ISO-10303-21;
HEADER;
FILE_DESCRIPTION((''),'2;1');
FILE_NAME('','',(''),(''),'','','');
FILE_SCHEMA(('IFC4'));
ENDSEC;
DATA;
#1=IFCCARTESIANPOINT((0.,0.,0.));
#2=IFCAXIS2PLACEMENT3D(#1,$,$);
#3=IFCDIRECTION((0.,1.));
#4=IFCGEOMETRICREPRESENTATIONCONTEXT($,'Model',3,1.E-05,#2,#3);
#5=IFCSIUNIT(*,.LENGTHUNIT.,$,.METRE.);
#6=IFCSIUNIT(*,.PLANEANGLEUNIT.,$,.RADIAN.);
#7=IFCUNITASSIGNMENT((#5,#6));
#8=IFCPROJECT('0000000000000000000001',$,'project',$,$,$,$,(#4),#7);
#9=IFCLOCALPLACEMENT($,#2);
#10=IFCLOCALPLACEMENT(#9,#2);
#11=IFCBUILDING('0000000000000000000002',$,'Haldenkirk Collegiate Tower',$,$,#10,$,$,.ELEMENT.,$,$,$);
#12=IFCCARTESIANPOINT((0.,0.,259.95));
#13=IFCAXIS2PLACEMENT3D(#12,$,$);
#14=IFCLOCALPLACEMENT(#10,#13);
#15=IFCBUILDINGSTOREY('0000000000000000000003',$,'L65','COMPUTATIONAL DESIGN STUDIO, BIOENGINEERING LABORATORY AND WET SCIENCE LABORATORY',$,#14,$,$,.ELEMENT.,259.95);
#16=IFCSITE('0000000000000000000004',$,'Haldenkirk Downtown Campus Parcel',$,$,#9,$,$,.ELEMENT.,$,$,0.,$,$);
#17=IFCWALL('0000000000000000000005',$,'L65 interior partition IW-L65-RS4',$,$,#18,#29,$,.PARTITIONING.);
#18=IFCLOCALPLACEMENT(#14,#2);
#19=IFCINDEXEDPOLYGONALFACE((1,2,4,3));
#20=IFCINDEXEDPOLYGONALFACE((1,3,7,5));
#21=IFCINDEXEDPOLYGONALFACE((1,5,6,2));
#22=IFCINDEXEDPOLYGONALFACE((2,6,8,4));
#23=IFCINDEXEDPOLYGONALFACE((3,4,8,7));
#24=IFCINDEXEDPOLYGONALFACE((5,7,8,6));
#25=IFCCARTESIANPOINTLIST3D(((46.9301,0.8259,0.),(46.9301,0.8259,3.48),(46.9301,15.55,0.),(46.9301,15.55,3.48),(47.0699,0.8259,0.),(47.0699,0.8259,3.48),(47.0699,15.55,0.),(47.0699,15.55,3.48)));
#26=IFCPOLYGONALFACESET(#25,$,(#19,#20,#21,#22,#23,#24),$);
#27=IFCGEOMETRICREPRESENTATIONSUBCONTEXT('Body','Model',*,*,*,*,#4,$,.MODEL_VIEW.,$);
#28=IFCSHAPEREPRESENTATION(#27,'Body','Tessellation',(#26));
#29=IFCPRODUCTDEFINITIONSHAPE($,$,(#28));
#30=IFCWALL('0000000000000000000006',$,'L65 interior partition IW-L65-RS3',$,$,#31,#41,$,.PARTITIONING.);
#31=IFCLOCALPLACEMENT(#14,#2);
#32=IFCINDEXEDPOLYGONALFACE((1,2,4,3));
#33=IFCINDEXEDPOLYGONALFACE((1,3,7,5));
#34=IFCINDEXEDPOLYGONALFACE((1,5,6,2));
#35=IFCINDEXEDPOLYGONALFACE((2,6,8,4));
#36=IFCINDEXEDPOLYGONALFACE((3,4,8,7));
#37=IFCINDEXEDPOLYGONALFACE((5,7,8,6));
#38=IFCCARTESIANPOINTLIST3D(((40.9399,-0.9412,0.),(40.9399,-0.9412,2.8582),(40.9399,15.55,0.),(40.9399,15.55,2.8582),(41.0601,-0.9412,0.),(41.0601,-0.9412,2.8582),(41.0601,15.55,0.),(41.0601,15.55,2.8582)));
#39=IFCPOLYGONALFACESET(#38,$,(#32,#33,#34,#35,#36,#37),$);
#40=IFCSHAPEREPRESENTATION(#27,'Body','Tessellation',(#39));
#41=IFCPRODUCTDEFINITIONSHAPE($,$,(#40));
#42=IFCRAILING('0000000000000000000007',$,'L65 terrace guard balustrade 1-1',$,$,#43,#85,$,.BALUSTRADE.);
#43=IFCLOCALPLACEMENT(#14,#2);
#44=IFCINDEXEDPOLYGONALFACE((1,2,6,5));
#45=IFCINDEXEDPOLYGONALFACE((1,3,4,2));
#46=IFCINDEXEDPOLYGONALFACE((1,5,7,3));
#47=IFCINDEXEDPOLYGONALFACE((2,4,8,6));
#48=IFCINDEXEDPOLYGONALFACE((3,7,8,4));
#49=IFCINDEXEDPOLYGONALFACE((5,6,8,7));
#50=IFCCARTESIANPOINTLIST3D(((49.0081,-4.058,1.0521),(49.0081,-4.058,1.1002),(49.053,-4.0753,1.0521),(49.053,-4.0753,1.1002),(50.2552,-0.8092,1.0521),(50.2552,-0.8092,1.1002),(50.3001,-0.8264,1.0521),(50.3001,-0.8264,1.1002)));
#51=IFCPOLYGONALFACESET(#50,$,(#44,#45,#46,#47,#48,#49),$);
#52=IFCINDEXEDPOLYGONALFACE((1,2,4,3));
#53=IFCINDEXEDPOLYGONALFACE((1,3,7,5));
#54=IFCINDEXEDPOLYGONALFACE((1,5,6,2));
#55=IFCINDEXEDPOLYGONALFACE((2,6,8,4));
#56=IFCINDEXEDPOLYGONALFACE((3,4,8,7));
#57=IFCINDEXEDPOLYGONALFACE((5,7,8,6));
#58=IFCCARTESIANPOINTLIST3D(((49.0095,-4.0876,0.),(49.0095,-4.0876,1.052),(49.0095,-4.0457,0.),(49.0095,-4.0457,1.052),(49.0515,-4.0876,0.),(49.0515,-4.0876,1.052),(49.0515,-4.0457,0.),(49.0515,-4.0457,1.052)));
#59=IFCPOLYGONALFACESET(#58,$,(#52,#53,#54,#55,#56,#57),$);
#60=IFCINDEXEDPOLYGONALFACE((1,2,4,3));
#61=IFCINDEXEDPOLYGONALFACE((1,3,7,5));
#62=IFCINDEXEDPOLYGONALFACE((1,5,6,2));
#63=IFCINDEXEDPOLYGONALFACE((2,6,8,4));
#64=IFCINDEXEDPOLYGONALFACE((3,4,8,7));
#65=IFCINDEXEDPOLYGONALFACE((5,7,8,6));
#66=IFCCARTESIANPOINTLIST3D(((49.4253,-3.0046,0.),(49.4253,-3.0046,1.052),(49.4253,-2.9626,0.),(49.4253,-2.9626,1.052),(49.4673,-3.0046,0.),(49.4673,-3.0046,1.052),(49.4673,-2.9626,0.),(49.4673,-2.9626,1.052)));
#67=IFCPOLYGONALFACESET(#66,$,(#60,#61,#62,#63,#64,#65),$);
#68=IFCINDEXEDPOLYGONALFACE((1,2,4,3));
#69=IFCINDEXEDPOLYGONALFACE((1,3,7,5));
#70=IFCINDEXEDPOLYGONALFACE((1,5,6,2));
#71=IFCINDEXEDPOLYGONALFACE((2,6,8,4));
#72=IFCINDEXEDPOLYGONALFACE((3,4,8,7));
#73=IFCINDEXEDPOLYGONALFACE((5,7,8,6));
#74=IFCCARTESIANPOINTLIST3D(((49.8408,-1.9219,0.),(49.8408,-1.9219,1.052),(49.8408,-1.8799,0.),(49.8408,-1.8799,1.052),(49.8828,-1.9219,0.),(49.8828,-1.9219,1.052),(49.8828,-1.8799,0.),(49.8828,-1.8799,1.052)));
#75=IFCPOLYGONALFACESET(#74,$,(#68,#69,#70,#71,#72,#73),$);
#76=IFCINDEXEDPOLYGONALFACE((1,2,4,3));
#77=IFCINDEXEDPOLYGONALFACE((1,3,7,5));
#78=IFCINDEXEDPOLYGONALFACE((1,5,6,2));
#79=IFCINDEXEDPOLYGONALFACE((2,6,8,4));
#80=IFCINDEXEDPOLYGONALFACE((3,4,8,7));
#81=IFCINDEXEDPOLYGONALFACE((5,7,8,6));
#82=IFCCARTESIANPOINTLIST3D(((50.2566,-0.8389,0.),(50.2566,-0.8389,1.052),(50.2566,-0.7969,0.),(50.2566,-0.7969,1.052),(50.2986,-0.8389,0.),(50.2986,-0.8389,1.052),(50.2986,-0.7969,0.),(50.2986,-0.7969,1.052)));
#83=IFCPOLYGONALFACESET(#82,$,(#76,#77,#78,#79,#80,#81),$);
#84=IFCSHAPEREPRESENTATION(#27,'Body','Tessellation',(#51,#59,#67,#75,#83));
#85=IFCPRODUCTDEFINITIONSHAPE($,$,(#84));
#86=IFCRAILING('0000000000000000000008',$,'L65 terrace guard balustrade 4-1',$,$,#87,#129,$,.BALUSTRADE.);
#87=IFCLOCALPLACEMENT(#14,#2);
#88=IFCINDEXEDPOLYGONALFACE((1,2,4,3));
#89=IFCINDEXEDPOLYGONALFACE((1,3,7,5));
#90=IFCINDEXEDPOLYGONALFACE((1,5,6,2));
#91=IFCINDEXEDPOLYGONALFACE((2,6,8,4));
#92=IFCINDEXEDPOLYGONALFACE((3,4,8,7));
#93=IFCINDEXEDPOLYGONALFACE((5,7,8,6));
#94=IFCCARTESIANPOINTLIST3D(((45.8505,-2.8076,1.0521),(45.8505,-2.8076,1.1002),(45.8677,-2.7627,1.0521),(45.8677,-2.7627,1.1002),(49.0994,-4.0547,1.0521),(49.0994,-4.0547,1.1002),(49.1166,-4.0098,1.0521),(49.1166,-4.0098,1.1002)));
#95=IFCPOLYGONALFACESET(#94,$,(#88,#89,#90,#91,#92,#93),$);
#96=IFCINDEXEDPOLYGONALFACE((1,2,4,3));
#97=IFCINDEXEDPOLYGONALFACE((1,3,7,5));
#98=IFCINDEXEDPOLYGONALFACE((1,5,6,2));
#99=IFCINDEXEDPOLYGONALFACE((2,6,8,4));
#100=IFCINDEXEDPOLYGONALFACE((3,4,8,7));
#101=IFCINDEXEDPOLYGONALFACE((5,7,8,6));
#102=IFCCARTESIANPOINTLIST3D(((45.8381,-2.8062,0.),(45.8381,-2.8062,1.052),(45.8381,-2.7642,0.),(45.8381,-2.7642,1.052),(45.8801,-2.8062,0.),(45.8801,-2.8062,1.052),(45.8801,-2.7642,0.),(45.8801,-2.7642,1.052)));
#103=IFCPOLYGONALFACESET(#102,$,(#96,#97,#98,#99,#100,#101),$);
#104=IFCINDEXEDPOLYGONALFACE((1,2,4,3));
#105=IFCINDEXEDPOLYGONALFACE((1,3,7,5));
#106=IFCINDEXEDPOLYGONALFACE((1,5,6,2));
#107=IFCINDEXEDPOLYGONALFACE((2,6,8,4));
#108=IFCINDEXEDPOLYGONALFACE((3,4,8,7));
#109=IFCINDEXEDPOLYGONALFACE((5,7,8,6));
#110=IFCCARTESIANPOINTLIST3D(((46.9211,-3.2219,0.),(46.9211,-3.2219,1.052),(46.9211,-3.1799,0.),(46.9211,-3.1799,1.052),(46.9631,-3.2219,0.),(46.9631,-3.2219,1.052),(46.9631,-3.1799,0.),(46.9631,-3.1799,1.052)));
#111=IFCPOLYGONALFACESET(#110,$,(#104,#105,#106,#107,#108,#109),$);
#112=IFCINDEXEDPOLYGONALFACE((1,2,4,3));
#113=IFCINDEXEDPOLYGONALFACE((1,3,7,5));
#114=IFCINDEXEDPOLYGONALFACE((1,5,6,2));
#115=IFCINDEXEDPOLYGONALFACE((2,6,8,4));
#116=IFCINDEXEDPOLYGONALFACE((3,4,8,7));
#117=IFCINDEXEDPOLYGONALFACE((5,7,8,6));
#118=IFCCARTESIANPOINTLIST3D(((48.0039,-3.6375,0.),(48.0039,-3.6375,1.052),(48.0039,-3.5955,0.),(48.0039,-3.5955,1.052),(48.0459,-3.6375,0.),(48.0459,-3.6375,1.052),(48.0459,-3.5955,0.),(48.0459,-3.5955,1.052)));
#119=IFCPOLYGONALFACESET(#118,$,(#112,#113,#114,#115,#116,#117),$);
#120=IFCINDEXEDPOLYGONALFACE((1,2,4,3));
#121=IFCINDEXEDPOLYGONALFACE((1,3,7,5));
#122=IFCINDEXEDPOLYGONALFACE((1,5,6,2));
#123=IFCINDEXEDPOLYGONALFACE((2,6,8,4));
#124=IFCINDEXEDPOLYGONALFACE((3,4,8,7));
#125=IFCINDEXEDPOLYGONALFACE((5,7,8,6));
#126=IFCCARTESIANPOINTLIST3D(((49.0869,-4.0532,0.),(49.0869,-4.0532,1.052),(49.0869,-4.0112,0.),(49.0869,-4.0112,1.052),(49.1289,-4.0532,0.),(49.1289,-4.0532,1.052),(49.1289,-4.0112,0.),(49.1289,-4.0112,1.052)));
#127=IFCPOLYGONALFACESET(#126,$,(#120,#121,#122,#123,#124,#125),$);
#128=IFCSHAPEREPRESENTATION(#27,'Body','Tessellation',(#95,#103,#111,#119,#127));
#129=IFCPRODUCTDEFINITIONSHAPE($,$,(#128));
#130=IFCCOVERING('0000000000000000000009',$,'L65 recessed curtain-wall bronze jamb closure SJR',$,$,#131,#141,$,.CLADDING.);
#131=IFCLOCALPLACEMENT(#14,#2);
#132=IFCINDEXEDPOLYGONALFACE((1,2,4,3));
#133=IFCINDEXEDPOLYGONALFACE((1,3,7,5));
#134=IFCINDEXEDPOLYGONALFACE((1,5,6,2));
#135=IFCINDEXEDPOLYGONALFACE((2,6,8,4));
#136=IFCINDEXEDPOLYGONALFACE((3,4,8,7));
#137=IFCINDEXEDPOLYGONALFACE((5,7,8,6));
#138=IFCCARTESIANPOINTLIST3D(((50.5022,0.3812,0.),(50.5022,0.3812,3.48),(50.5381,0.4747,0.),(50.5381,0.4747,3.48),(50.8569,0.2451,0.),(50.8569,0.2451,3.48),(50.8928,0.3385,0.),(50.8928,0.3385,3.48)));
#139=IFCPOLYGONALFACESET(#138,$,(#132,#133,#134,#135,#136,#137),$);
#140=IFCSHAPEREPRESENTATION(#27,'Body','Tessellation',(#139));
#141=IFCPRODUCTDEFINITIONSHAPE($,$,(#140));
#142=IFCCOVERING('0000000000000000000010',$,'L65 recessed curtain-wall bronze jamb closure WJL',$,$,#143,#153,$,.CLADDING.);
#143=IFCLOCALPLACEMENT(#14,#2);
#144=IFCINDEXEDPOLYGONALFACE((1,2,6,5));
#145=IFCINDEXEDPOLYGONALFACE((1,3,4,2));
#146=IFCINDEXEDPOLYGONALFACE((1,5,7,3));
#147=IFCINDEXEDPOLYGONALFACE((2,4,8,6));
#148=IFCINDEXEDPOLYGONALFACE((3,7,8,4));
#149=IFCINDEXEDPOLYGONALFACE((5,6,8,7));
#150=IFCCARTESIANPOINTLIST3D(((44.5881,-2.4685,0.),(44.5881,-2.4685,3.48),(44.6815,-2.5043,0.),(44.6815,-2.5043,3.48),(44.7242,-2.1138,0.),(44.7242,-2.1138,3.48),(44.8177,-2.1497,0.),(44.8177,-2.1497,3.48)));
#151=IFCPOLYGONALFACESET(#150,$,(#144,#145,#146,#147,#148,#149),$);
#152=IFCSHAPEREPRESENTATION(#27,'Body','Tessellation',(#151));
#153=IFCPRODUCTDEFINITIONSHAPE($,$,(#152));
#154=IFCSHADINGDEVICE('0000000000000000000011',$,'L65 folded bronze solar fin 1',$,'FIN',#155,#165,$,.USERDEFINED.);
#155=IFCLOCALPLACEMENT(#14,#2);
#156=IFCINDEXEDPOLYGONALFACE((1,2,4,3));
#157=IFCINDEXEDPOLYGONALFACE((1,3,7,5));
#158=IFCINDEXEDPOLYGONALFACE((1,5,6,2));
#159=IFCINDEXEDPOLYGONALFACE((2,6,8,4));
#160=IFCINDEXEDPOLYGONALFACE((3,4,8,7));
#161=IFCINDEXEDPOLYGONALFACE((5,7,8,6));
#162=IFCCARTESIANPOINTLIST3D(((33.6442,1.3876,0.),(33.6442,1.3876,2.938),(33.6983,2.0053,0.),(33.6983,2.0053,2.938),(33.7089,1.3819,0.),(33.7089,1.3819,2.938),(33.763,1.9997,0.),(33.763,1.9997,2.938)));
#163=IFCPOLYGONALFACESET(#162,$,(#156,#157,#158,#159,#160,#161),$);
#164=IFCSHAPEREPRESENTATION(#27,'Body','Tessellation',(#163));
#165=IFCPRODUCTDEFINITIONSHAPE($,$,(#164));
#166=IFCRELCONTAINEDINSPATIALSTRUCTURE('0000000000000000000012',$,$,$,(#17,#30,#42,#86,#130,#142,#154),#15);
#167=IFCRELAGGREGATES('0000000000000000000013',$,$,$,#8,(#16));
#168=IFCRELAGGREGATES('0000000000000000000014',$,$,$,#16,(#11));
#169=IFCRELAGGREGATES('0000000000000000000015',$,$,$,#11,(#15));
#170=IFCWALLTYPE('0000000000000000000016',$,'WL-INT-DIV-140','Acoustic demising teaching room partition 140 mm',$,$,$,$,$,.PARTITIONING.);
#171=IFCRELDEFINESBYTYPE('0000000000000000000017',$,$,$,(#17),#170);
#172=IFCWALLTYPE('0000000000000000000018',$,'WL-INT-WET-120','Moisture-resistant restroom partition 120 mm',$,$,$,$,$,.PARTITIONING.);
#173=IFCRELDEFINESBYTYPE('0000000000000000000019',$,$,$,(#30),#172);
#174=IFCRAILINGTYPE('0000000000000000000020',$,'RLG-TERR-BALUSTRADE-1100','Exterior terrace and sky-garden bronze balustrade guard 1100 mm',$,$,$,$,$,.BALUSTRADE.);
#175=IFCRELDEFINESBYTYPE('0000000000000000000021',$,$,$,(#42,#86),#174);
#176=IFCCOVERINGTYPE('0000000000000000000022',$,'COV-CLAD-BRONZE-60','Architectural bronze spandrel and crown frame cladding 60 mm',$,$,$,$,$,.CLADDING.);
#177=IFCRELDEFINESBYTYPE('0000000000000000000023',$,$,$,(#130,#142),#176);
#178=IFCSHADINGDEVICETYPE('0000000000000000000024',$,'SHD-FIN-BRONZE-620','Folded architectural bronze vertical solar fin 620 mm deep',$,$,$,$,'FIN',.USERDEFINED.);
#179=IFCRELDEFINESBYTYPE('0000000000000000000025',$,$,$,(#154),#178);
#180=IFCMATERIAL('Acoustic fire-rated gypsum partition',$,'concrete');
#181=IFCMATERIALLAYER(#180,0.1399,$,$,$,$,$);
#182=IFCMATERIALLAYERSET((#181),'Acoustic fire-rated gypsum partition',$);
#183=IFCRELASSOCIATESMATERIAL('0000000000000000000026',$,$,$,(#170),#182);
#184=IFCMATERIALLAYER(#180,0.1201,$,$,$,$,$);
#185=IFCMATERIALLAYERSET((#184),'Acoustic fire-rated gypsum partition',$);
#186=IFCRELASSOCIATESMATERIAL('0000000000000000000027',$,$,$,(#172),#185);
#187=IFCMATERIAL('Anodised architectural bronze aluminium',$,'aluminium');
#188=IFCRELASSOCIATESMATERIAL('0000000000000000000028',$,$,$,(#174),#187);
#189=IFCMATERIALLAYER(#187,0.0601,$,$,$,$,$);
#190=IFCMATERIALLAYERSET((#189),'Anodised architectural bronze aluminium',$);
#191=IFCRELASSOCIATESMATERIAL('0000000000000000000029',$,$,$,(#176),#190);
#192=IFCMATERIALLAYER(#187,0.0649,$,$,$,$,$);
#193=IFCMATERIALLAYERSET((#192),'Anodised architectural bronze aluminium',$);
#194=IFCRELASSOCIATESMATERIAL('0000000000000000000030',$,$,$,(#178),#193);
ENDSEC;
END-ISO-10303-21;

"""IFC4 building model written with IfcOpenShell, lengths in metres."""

from ifc_helpers import new_model, si_unit, direction, frame, frame_2d, origin, origin_2d, place, context, subcontext, project, spatial, rectangle, extrude, source, transform, mapped, material, layer, layer_set, type_object, element, save


model = new_model("IFC4")

# Units and contexts
model_context = context("Model", 3, precision=1e-05, world=origin(), true_north=direction((0.0, 1.0)))
body_context = subcontext(model_context, "Body", "Model", "MODEL_VIEW")
ifc_project = project(units=[si_unit("LENGTHUNIT", "METRE"), si_unit("PLANEANGLEUNIT", "RADIAN")], contexts=[model_context])

# Site, building, storey
site_placement = place(None, origin())
site = spatial("IfcSite", under=ifc_project, at=site_placement, Name="Haldenkirk Downtown Campus Parcel", CompositionType="ELEMENT", RefElevation=0.0)
building_placement = place(site_placement, origin())
building = spatial("IfcBuilding", under=site, at=building_placement, Name="Haldenkirk Collegiate Tower", CompositionType="ELEMENT")
storey_placement = place(building_placement, frame((0.0, 0.0, 259.95)))
storey = spatial("IfcBuildingStorey", under=building, at=storey_placement, Name="L65", Description="COMPUTATIONAL DESIGN STUDIO, BIOENGINEERING LABORATORY AND WET SCIENCE LABORATORY", CompositionType="ELEMENT", Elevation=259.95)

# Shared definitions
ifc_material_1 = material(Name="Anodised architectural bronze aluminium", Category="aluminium")

# Walls
ifc_material_2 = material(Name="Acoustic fire-rated gypsum partition", Category="concrete")
ifc_layer_1 = layer(ifc_material_2, 0.1399)
ifc_layer_set_1 = layer_set([ifc_layer_1], Name="Acoustic fire-rated gypsum partition")
wall_type_1 = type_object("IfcWallType", Name="WL-INT-DIV-140", Description="Acoustic demising teaching room partition 140 mm", PredefinedType="PARTITIONING", material=ifc_layer_set_1)
wall_1_placement = place(storey_placement, frame((47.0, 0.8259, 0.0), z_axis=(0.0, 0.0, 1.0), x_axis=(0.0, 1.0, 0.0)))
element("IfcWall", 1, at=wall_1_placement, inside=storey, type_object=wall_type_1, Name="L65 interior partition IW-L65-RS4", PredefinedType="PARTITIONING", context=body_context, shape_type="SweptSolid", body=[
    extrude(rectangle(XDim=14.7241, YDim=0.1399, at=frame_2d((7.3621, 0.0))), origin(), (0.0, 0.0, 1.0), 3.48),
])
ifc_layer_2 = layer(ifc_material_2, 0.1201)
ifc_layer_set_2 = layer_set([ifc_layer_2], Name="Acoustic fire-rated gypsum partition")
wall_type_2 = type_object("IfcWallType", Name="WL-INT-WET-120", Description="Moisture-resistant restroom partition 120 mm", PredefinedType="PARTITIONING", material=ifc_layer_set_2)
wall_2_placement = place(storey_placement, frame((41.0, -0.9412, 0.0), z_axis=(0.0, 0.0, 1.0), x_axis=(0.0, 1.0, 0.0)))
element("IfcWall", 2, at=wall_2_placement, inside=storey, type_object=wall_type_2, Name="L65 interior partition IW-L65-RS3", PredefinedType="PARTITIONING", context=body_context, shape_type="SweptSolid", body=[
    extrude(rectangle(XDim=16.4912, YDim=0.1201, at=frame_2d((8.2456, 0.0))), origin(), (0.0, 0.0, 1.0), 2.8582),
])

# Railings
railing_type = type_object("IfcRailingType", Name="RLG-TERR-BALUSTRADE-1100", Description="Exterior terrace and sky-garden bronze balustrade guard 1100 mm", PredefinedType="BALUSTRADE", material=ifc_material_1)
railing_1_placement = place(storey_placement, frame((49.0305, -4.0667, 0.0)))
element("IfcRailing", 3, at=railing_1_placement, inside=storey, type_object=railing_type, Name="L65 terrace guard balustrade 1-1", PredefinedType="BALUSTRADE", context=body_context, shape_type="SweptSolid", body=[
    extrude(rectangle(XDim=0.0481, YDim=0.0481, at=origin_2d()), frame((0.0, 0.0, 1.0762), z_axis=(0.358363, 0.933582, 0.0), x_axis=(-0.933582, 0.358363, 0.0)), (0.0, 0.0, 1.0), 3.48),
    extrude(rectangle(XDim=0.042, YDim=0.042, at=origin_2d()), origin(), (0.0, 0.0, 1.0), 1.052),
    extrude(rectangle(XDim=0.042, YDim=0.042, at=origin_2d()), frame((0.4158, 1.083, 0.0)), (0.0, 0.0, 1.0), 1.052),
    extrude(rectangle(XDim=0.042, YDim=0.042, at=origin_2d()), frame((0.8313, 2.1658, 0.0)), (0.0, 0.0, 1.0), 1.052),
    extrude(rectangle(XDim=0.042, YDim=0.042, at=origin_2d()), frame((1.2471, 3.2488, 0.0)), (0.0, 0.0, 1.0), 1.052),
])
railing_2_placement = place(storey_placement, frame((45.8591, -2.7852, 0.0)))
element("IfcRailing", 4, at=railing_2_placement, inside=storey, type_object=railing_type, Name="L65 terrace guard balustrade 4-1", PredefinedType="BALUSTRADE", context=body_context, shape_type="SweptSolid", body=[
    extrude(rectangle(XDim=0.0481, YDim=0.0481, at=origin_2d()), frame((0.0, 0.0, 1.0762), z_axis=(0.933582, -0.358363, 0.0), x_axis=(0.358363, 0.933582, 0.0)), (0.0, 0.0, 1.0), 3.48),
    extrude(rectangle(XDim=0.042, YDim=0.042, at=origin_2d()), origin(), (0.0, 0.0, 1.0), 1.052),
    extrude(rectangle(XDim=0.042, YDim=0.042, at=origin_2d()), frame((1.083, -0.4158, 0.0)), (0.0, 0.0, 1.0), 1.052),
    extrude(rectangle(XDim=0.042, YDim=0.042, at=origin_2d()), frame((2.1658, -0.8313, 0.0)), (0.0, 0.0, 1.0), 1.052),
    extrude(rectangle(XDim=0.042, YDim=0.042, at=origin_2d()), frame((3.2488, -1.2471, 0.0)), (0.0, 0.0, 1.0), 1.052),
])

# Coverings
ifc_layer_3 = layer(ifc_material_1, 0.0601)
ifc_layer_set_3 = layer_set([ifc_layer_3], Name="Anodised architectural bronze aluminium")
covering_type = type_object("IfcCoveringType", Name="COV-CLAD-BRONZE-60", Description="Architectural bronze spandrel and crown frame cladding 60 mm", PredefinedType="CLADDING", material=ifc_layer_set_3)
shared_shape_1 = source(origin(), body_context, "Body", "SweptSolid", [
    extrude(rectangle(XDim=0.1001, YDim=0.3799, at=origin_2d()), origin(), (0.0, 0.0, 1.0), 3.48),
])
for number, where, z_axis, x_axis, name in (
    (5, (50.6975, 0.3599, 0.0), (0.0, 0.0, 1.0), (-0.358368, -0.93358, 0.0), "L65 recessed curtain-wall bronze jamb closure SJR"),
    (6, (44.7029, -2.3091, 0.0), (0.0, 0.0, 1.0), (-0.93358, 0.358368, 0.0), "L65 recessed curtain-wall bronze jamb closure WJL"),
):
    element("IfcCovering", number, at=place(storey_placement, frame(where, z_axis=z_axis, x_axis=x_axis)), inside=storey, type_object=covering_type, Name=name, PredefinedType="CLADDING", context=body_context, shape_type="MappedRepresentation", body=[
        mapped(shared_shape_1, transform((0.0, 0.0, 0.0), x_axis=(1.0, 0.0, 0.0), y_axis=(0.0, 1.0, 0.0), z_axis=(0.0, 0.0, 1.0), scale=1.0)),
    ])

# Shading device
ifc_layer_4 = layer(ifc_material_1, 0.0649)
ifc_layer_set_4 = layer_set([ifc_layer_4], Name="Anodised architectural bronze aluminium")
shading_device_type = type_object("IfcShadingDeviceType", Name="SHD-FIN-BRONZE-620", Description="Folded architectural bronze vertical solar fin 620 mm deep", ElementType="FIN", PredefinedType="USERDEFINED", material=ifc_layer_set_4)
shared_shape_2 = source(origin(), body_context, "Body", "SweptSolid", [
    extrude(rectangle(XDim=0.6201, YDim=0.0649, at=origin_2d()), origin(), (0.0, 0.0, 1.0), 2.938),
])
shading_device_placement = place(storey_placement, frame((33.7036, 1.6936, 0.0), z_axis=(0.0, 0.0, 1.0), x_axis=(-0.087156, -0.996195, 0.0)))
element("IfcShadingDevice", 7, at=shading_device_placement, inside=storey, type_object=shading_device_type, Name="L65 folded bronze solar fin 1", ObjectType="FIN", PredefinedType="USERDEFINED", context=body_context, shape_type="MappedRepresentation", body=[
    mapped(shared_shape_2, transform((0.0, 0.0, 0.0), x_axis=(1.0, 0.0, 0.0), y_axis=(0.0, 1.0, 0.0), z_axis=(0.0, 0.0, 1.0), scale=1.0)),
])

save(model, "model.ifc")
